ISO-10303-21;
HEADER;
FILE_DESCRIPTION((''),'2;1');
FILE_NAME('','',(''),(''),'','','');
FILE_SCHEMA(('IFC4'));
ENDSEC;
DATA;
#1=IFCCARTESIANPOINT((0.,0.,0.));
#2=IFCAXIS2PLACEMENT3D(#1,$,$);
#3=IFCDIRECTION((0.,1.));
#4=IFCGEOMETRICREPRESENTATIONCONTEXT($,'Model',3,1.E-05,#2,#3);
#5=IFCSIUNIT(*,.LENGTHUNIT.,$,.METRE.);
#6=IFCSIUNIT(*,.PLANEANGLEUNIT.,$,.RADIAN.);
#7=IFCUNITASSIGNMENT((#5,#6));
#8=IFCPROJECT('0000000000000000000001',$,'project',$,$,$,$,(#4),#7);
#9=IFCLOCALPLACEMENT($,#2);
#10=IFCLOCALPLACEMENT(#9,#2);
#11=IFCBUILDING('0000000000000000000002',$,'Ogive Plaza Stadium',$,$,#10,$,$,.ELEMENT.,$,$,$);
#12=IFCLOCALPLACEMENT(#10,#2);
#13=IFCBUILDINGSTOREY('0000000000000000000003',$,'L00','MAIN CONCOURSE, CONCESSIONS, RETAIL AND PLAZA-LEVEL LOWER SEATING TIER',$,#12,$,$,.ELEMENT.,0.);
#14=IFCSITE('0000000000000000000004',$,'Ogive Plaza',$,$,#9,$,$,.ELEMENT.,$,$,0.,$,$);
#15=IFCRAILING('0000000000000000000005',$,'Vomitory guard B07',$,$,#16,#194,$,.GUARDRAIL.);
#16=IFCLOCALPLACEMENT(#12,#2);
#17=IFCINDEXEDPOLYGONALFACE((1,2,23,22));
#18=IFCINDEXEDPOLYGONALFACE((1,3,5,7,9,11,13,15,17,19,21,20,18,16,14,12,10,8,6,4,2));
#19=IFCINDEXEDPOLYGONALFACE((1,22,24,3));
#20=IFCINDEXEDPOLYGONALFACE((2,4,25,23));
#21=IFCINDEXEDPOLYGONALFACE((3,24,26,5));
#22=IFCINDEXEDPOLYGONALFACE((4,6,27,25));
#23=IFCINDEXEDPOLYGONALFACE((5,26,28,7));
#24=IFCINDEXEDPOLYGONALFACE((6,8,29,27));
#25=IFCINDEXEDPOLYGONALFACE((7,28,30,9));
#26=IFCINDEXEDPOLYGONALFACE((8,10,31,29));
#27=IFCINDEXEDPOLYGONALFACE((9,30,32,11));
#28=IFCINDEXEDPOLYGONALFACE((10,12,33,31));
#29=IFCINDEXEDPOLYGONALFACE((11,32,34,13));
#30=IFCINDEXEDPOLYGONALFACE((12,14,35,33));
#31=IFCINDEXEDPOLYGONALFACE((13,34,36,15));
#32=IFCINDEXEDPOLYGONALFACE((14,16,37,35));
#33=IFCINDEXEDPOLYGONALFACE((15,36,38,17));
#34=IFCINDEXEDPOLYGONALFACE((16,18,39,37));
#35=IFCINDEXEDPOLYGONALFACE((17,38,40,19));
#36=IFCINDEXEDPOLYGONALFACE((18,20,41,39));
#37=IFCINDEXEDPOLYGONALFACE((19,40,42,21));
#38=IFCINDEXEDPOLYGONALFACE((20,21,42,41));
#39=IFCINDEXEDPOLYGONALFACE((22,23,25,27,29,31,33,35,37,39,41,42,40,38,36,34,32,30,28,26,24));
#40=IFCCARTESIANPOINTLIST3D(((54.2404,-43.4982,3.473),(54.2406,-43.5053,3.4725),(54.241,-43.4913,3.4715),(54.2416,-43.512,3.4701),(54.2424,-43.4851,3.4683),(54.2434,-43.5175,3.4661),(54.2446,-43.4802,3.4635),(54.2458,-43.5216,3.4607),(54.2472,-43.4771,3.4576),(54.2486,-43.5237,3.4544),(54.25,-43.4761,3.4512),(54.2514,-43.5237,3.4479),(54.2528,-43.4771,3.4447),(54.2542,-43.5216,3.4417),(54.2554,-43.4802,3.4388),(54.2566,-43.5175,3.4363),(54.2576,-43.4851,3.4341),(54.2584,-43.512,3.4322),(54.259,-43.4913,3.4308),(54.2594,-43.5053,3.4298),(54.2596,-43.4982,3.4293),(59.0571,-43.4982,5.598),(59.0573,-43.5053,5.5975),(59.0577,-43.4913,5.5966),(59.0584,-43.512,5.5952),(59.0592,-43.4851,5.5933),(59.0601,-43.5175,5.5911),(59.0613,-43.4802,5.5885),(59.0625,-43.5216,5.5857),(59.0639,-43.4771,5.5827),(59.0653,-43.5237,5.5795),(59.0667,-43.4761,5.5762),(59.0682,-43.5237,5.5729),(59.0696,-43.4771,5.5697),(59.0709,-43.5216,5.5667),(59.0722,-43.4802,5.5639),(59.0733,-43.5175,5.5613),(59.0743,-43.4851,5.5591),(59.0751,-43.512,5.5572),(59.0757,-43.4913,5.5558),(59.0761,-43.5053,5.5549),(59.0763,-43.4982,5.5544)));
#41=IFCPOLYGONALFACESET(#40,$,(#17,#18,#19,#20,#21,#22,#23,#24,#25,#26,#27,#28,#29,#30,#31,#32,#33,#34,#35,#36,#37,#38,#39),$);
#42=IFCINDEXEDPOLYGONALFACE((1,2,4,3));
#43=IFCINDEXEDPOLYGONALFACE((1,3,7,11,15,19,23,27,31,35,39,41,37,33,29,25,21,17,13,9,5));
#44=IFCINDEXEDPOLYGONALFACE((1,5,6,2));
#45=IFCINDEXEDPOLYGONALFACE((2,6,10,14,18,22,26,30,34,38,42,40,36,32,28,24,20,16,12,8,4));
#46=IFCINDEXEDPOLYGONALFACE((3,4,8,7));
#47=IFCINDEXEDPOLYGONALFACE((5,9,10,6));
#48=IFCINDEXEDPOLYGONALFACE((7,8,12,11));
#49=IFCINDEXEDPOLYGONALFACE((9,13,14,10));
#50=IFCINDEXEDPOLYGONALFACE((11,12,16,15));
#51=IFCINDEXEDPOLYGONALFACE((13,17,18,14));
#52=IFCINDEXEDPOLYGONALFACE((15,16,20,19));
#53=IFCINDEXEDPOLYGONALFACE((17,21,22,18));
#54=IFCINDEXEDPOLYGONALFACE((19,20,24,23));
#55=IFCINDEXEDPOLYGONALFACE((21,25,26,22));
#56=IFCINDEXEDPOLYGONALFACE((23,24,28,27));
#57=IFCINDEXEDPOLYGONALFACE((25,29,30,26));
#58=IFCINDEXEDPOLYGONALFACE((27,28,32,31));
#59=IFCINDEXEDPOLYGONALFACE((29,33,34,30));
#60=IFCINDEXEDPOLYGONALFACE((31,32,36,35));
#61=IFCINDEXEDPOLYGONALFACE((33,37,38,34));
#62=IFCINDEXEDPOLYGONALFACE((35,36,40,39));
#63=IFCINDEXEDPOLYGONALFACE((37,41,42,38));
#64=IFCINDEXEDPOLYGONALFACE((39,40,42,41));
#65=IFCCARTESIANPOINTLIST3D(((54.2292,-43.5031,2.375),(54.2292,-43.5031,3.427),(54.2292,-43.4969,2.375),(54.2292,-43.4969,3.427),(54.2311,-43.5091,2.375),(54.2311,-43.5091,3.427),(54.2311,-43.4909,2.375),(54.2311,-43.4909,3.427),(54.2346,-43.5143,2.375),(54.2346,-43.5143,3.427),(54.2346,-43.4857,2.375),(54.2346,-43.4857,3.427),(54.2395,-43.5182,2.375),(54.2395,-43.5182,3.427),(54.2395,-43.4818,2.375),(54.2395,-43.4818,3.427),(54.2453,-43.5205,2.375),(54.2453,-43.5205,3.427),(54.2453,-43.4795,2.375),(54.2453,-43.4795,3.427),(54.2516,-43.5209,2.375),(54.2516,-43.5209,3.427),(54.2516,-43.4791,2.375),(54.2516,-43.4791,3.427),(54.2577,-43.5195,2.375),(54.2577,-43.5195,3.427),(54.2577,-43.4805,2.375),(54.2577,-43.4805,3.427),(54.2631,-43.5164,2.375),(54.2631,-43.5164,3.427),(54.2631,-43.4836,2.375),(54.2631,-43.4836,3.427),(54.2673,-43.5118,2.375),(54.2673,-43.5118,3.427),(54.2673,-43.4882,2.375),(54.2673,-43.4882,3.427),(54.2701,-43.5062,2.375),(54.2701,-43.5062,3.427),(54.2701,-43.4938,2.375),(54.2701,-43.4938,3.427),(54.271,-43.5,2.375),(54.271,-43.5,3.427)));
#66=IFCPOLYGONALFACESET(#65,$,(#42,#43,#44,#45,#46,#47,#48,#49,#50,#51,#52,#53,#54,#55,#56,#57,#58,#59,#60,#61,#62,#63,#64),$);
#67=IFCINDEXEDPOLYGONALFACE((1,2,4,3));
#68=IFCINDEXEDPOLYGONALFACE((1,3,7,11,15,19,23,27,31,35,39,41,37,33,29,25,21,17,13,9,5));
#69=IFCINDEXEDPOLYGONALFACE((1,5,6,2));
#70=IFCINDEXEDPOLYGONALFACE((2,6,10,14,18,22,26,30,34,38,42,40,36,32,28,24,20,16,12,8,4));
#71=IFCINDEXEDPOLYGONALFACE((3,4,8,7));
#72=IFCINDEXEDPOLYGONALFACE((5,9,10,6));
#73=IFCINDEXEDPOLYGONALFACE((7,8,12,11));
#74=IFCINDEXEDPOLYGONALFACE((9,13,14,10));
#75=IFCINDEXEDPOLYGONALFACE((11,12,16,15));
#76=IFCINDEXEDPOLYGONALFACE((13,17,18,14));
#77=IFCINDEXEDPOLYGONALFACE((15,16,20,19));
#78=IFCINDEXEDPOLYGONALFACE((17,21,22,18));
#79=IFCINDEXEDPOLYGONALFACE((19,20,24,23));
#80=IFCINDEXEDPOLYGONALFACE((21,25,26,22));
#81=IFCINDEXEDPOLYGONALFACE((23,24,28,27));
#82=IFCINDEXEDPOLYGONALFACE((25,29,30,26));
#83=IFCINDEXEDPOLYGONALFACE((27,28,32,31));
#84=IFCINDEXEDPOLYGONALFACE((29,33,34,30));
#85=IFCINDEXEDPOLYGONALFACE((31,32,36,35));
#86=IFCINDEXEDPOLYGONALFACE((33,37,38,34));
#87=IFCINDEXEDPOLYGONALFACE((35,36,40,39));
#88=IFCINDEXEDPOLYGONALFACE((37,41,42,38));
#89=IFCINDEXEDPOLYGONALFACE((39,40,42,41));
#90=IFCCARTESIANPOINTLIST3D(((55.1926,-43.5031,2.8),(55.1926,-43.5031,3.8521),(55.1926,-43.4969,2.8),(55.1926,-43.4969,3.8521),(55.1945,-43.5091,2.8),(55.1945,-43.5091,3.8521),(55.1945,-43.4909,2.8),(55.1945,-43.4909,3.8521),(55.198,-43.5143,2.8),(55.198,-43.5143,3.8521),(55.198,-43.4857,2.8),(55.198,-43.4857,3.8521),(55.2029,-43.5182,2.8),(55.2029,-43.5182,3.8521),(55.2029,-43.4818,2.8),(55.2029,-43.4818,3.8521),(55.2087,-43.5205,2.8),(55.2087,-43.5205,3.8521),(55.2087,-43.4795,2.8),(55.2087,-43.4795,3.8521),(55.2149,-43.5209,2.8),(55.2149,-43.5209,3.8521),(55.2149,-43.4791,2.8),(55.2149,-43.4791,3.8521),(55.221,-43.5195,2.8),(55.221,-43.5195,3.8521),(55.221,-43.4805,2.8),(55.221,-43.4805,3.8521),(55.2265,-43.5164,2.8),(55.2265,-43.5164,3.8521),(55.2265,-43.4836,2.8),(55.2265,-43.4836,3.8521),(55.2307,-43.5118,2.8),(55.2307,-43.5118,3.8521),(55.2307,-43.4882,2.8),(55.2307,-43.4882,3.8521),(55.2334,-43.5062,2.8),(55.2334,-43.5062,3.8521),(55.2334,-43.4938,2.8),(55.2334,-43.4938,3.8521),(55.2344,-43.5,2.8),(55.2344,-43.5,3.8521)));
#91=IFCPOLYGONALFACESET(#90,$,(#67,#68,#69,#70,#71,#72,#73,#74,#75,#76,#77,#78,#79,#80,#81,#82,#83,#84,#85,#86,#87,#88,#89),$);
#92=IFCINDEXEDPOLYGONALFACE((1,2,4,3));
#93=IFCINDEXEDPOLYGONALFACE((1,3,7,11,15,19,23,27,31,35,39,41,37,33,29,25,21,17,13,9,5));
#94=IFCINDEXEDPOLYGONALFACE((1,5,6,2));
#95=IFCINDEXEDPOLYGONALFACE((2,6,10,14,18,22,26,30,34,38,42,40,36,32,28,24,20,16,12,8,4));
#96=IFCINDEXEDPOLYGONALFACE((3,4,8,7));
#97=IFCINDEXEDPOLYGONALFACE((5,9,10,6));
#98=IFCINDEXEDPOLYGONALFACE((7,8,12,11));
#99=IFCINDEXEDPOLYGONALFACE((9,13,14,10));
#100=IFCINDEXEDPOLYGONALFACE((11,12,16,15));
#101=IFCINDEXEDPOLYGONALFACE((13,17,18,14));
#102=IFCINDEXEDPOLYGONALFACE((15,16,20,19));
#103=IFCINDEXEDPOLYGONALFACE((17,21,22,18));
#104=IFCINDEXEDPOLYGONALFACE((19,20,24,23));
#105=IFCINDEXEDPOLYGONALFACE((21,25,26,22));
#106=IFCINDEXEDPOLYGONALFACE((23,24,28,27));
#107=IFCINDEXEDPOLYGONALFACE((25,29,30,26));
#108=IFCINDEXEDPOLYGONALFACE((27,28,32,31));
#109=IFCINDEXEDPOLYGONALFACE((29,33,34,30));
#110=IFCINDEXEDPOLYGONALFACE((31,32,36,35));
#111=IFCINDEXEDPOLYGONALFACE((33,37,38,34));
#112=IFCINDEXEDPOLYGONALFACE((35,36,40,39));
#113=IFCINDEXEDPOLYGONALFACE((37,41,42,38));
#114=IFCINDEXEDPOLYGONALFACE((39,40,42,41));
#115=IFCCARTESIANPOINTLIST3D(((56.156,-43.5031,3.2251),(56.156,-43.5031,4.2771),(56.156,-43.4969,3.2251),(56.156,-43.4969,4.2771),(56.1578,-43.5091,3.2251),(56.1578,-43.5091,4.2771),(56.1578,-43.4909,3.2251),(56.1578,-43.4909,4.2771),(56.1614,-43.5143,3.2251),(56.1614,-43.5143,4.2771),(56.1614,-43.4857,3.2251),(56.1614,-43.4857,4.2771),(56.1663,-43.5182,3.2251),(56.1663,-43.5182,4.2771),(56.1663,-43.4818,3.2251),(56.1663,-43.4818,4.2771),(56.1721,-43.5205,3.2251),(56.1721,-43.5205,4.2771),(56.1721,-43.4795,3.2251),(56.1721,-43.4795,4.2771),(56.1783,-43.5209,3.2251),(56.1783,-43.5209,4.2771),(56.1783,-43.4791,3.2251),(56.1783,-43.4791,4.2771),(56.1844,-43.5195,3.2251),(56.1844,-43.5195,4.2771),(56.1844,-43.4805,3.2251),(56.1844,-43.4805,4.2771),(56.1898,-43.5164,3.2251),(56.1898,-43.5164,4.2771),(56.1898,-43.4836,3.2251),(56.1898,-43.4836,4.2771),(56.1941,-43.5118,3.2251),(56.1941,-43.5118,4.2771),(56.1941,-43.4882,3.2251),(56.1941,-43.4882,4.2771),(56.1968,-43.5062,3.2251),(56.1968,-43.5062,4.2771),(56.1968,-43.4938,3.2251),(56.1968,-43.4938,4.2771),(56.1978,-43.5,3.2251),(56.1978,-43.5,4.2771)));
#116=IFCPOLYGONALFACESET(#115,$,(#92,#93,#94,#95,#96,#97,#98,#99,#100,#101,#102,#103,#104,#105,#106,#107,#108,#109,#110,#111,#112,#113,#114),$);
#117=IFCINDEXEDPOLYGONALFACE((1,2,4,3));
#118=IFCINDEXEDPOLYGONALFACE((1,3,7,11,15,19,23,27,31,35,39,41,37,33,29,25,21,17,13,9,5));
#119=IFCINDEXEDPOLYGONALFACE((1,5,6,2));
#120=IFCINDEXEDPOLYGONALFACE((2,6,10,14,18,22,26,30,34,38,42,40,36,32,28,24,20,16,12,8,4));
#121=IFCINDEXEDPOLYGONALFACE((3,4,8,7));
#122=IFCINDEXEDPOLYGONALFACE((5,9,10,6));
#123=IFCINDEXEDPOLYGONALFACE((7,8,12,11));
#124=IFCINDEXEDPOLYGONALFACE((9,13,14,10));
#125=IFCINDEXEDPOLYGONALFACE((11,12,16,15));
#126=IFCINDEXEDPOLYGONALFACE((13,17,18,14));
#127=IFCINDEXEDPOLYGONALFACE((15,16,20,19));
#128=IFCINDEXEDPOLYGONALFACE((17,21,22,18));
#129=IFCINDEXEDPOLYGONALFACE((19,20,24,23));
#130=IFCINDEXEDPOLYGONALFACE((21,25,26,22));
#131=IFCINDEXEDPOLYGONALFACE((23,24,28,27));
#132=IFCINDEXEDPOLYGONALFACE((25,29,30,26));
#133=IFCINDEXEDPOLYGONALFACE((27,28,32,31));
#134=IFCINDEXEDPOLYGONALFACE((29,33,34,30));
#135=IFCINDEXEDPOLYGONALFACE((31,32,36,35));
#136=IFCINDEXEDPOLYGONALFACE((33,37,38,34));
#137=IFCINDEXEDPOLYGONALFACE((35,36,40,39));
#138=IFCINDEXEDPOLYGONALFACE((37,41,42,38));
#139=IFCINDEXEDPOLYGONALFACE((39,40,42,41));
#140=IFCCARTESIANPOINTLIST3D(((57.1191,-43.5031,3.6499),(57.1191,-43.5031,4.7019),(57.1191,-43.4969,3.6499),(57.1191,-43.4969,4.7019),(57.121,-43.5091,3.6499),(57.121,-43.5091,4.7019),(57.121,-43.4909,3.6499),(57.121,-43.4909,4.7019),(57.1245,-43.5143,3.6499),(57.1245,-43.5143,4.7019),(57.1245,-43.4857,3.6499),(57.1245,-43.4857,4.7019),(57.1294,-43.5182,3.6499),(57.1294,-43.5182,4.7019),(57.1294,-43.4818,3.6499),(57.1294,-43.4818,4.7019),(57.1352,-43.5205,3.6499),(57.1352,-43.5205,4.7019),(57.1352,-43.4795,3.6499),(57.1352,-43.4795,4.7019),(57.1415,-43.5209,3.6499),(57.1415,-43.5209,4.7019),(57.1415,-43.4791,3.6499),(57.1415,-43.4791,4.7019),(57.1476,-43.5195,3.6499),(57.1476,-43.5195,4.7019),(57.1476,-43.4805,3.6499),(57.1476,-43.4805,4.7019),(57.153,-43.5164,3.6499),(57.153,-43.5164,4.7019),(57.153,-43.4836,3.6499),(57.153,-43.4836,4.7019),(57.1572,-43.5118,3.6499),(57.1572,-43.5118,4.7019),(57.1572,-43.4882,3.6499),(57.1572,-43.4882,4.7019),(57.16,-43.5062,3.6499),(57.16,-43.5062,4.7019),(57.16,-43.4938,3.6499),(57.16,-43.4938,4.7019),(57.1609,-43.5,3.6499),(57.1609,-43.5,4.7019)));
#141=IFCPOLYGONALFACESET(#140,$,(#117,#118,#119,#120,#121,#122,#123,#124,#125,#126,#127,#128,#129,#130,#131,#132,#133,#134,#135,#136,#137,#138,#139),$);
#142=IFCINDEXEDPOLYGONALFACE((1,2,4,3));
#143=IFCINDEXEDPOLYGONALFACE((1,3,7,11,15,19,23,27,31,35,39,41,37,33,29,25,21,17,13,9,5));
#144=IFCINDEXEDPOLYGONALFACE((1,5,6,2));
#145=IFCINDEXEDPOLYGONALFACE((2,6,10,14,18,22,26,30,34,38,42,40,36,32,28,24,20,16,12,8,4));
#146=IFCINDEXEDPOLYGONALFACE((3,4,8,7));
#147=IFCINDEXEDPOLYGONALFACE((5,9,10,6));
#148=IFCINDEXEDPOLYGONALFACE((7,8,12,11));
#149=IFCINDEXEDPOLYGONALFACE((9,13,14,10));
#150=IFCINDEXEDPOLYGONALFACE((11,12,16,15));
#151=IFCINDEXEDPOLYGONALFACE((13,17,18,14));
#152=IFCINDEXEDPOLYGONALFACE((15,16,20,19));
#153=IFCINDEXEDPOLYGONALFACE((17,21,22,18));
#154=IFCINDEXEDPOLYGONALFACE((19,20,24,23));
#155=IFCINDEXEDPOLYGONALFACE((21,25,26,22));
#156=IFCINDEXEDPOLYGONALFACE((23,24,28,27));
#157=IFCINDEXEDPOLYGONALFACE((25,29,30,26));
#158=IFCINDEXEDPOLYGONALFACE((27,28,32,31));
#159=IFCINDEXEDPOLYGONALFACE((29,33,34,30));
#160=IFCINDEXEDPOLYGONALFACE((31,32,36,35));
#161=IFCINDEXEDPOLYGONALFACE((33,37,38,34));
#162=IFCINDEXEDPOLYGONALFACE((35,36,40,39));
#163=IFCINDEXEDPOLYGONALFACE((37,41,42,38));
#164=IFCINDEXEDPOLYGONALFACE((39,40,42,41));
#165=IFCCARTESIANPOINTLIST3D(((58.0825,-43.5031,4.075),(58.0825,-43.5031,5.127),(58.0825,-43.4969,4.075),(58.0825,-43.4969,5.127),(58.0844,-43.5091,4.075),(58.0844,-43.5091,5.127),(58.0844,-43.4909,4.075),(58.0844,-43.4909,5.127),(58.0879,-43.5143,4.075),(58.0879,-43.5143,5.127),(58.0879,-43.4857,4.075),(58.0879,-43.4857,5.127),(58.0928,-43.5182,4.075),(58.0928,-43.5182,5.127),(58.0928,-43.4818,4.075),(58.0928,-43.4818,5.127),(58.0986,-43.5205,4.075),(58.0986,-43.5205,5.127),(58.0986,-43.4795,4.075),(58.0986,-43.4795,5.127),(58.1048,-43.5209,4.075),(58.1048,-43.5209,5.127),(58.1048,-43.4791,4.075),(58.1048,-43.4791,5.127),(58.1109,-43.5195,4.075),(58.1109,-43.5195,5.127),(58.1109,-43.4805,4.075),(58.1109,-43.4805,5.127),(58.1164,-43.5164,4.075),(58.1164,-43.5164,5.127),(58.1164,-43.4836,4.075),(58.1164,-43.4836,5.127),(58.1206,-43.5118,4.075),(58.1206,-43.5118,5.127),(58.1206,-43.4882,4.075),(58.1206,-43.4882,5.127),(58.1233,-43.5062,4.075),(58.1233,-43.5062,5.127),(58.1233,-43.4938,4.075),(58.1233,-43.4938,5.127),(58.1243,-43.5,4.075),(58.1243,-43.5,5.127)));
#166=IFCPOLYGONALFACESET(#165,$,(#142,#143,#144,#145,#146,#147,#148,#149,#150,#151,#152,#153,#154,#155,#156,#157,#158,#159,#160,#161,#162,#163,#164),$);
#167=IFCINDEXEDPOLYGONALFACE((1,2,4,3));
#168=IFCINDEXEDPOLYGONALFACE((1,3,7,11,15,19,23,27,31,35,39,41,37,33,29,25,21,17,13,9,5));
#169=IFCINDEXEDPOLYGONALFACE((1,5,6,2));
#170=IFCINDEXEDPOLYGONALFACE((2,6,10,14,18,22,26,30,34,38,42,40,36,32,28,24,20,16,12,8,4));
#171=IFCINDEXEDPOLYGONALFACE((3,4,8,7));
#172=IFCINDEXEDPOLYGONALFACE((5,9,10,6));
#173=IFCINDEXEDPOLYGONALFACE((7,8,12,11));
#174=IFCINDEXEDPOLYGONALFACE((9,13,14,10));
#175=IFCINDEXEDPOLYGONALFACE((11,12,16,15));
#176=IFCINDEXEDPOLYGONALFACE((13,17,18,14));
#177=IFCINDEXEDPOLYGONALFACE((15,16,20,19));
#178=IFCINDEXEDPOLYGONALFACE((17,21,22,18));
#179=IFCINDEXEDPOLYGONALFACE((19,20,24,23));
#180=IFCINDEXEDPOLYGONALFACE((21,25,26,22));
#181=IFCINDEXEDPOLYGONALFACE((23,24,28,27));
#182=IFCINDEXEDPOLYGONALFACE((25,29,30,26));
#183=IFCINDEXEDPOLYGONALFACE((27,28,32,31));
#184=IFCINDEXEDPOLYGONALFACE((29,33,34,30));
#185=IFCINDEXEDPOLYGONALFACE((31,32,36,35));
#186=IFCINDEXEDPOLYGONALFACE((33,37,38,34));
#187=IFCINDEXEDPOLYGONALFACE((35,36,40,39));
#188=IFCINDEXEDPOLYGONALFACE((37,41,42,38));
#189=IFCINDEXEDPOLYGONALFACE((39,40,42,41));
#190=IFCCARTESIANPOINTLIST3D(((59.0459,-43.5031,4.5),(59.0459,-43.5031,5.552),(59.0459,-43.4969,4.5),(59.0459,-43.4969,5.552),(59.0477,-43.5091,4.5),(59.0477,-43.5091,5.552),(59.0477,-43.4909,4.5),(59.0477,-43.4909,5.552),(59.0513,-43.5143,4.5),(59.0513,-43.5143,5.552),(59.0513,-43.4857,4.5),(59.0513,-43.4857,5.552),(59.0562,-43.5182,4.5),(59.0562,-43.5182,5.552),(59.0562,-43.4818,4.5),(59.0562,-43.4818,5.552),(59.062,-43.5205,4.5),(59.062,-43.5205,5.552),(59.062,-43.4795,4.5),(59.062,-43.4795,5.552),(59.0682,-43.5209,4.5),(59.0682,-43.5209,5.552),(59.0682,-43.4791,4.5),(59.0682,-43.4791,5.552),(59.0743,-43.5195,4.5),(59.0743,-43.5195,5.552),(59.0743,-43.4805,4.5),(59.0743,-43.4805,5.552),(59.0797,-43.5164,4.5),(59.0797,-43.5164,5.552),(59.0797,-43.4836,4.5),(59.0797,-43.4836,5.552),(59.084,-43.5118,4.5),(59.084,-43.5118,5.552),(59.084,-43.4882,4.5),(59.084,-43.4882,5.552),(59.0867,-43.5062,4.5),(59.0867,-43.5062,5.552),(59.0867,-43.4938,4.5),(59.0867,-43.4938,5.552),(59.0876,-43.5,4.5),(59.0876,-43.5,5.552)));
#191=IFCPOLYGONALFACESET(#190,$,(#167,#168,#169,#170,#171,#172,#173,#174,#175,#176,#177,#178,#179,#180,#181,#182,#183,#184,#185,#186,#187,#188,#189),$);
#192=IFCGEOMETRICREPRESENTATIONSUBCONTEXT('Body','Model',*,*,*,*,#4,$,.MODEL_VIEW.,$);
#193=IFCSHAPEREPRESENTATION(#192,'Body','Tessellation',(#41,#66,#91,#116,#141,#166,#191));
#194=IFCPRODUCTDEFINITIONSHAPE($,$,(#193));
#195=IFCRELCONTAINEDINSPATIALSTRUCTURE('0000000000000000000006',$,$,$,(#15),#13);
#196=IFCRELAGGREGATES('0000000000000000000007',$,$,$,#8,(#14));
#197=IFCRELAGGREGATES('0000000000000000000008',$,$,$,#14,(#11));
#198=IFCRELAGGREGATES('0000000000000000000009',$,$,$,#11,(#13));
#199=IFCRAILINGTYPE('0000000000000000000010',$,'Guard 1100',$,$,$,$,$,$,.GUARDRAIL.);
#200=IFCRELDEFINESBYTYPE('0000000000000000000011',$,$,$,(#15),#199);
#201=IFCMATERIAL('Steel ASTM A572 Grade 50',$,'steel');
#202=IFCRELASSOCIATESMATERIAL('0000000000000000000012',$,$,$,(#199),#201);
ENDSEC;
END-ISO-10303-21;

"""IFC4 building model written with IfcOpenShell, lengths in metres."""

from ifc_helpers import new_model, si_unit, direction, frame, origin, origin_2d, place, context, subcontext, project, spatial, circle, extrude, material, type_object, element, save


model = new_model("IFC4")

# Units and contexts
model_context = context("Model", 3, precision=1e-05, world=origin(), true_north=direction((0.0, 1.0)))
body_context = subcontext(model_context, "Body", "Model", "MODEL_VIEW")
ifc_project = project(units=[si_unit("LENGTHUNIT", "METRE"), si_unit("PLANEANGLEUNIT", "RADIAN")], contexts=[model_context])

# Site, building, storey
site_placement = place(None, origin())
site = spatial("IfcSite", under=ifc_project, at=site_placement, Name="Ogive Plaza", CompositionType="ELEMENT", RefElevation=0.0)
building_placement = place(site_placement, origin())
building = spatial("IfcBuilding", under=site, at=building_placement, Name="Ogive Plaza Stadium", CompositionType="ELEMENT")
storey_placement = place(building_placement, origin())
storey = spatial("IfcBuildingStorey", under=building, at=storey_placement, Name="L00", Description="MAIN CONCOURSE, CONCESSIONS, RETAIL AND PLAZA-LEVEL LOWER SEATING TIER", CompositionType="ELEMENT", Elevation=0.0)

# Railing
ifc_material_1 = material(Name="Steel ASTM A572 Grade 50", Category="steel")
railing_type = type_object("IfcRailingType", Name="Guard 1100", PredefinedType="GUARDRAIL", material=ifc_material_1)
for number, where, name in (
    (1, (54.25, -43.5, 2.375), "Vomitory guard B07"),
):
    element("IfcRailing", number, at=place(storey_placement, frame(where)), inside=storey, type_object=railing_type, Name=name, PredefinedType="GUARDRAIL", context=body_context, shape_type="SweptSolid", body=[
        extrude(circle(Radius=0.0239, at=origin_2d()), frame((0.0, 0.0, 1.0762), z_axis=(0.914917, 0.0, 0.403641), x_axis=(0.0, 1.0, 0.0)), (0.0, 0.0, 1.0), 5.2646),
        extrude(circle(Radius=0.021, at=origin_2d()), origin(), (0.0, 0.0, 1.0), 1.052),
        extrude(circle(Radius=0.021, at=origin_2d()), frame((0.9634, 0.0, 0.425)), (0.0, 0.0, 1.0), 1.052),
        extrude(circle(Radius=0.021, at=origin_2d()), frame((1.9268, 0.0, 0.8501)), (0.0, 0.0, 1.0), 1.052),
        extrude(circle(Radius=0.021, at=origin_2d()), frame((2.8899, 0.0, 1.2749)), (0.0, 0.0, 1.0), 1.052),
        extrude(circle(Radius=0.021, at=origin_2d()), frame((3.8533, 0.0, 1.7)), (0.0, 0.0, 1.0), 1.052),
        extrude(circle(Radius=0.021, at=origin_2d()), frame((4.8167, 0.0, 2.125)), (0.0, 0.0, 1.0), 1.052),
    ])

save(model, "model.ifc")
